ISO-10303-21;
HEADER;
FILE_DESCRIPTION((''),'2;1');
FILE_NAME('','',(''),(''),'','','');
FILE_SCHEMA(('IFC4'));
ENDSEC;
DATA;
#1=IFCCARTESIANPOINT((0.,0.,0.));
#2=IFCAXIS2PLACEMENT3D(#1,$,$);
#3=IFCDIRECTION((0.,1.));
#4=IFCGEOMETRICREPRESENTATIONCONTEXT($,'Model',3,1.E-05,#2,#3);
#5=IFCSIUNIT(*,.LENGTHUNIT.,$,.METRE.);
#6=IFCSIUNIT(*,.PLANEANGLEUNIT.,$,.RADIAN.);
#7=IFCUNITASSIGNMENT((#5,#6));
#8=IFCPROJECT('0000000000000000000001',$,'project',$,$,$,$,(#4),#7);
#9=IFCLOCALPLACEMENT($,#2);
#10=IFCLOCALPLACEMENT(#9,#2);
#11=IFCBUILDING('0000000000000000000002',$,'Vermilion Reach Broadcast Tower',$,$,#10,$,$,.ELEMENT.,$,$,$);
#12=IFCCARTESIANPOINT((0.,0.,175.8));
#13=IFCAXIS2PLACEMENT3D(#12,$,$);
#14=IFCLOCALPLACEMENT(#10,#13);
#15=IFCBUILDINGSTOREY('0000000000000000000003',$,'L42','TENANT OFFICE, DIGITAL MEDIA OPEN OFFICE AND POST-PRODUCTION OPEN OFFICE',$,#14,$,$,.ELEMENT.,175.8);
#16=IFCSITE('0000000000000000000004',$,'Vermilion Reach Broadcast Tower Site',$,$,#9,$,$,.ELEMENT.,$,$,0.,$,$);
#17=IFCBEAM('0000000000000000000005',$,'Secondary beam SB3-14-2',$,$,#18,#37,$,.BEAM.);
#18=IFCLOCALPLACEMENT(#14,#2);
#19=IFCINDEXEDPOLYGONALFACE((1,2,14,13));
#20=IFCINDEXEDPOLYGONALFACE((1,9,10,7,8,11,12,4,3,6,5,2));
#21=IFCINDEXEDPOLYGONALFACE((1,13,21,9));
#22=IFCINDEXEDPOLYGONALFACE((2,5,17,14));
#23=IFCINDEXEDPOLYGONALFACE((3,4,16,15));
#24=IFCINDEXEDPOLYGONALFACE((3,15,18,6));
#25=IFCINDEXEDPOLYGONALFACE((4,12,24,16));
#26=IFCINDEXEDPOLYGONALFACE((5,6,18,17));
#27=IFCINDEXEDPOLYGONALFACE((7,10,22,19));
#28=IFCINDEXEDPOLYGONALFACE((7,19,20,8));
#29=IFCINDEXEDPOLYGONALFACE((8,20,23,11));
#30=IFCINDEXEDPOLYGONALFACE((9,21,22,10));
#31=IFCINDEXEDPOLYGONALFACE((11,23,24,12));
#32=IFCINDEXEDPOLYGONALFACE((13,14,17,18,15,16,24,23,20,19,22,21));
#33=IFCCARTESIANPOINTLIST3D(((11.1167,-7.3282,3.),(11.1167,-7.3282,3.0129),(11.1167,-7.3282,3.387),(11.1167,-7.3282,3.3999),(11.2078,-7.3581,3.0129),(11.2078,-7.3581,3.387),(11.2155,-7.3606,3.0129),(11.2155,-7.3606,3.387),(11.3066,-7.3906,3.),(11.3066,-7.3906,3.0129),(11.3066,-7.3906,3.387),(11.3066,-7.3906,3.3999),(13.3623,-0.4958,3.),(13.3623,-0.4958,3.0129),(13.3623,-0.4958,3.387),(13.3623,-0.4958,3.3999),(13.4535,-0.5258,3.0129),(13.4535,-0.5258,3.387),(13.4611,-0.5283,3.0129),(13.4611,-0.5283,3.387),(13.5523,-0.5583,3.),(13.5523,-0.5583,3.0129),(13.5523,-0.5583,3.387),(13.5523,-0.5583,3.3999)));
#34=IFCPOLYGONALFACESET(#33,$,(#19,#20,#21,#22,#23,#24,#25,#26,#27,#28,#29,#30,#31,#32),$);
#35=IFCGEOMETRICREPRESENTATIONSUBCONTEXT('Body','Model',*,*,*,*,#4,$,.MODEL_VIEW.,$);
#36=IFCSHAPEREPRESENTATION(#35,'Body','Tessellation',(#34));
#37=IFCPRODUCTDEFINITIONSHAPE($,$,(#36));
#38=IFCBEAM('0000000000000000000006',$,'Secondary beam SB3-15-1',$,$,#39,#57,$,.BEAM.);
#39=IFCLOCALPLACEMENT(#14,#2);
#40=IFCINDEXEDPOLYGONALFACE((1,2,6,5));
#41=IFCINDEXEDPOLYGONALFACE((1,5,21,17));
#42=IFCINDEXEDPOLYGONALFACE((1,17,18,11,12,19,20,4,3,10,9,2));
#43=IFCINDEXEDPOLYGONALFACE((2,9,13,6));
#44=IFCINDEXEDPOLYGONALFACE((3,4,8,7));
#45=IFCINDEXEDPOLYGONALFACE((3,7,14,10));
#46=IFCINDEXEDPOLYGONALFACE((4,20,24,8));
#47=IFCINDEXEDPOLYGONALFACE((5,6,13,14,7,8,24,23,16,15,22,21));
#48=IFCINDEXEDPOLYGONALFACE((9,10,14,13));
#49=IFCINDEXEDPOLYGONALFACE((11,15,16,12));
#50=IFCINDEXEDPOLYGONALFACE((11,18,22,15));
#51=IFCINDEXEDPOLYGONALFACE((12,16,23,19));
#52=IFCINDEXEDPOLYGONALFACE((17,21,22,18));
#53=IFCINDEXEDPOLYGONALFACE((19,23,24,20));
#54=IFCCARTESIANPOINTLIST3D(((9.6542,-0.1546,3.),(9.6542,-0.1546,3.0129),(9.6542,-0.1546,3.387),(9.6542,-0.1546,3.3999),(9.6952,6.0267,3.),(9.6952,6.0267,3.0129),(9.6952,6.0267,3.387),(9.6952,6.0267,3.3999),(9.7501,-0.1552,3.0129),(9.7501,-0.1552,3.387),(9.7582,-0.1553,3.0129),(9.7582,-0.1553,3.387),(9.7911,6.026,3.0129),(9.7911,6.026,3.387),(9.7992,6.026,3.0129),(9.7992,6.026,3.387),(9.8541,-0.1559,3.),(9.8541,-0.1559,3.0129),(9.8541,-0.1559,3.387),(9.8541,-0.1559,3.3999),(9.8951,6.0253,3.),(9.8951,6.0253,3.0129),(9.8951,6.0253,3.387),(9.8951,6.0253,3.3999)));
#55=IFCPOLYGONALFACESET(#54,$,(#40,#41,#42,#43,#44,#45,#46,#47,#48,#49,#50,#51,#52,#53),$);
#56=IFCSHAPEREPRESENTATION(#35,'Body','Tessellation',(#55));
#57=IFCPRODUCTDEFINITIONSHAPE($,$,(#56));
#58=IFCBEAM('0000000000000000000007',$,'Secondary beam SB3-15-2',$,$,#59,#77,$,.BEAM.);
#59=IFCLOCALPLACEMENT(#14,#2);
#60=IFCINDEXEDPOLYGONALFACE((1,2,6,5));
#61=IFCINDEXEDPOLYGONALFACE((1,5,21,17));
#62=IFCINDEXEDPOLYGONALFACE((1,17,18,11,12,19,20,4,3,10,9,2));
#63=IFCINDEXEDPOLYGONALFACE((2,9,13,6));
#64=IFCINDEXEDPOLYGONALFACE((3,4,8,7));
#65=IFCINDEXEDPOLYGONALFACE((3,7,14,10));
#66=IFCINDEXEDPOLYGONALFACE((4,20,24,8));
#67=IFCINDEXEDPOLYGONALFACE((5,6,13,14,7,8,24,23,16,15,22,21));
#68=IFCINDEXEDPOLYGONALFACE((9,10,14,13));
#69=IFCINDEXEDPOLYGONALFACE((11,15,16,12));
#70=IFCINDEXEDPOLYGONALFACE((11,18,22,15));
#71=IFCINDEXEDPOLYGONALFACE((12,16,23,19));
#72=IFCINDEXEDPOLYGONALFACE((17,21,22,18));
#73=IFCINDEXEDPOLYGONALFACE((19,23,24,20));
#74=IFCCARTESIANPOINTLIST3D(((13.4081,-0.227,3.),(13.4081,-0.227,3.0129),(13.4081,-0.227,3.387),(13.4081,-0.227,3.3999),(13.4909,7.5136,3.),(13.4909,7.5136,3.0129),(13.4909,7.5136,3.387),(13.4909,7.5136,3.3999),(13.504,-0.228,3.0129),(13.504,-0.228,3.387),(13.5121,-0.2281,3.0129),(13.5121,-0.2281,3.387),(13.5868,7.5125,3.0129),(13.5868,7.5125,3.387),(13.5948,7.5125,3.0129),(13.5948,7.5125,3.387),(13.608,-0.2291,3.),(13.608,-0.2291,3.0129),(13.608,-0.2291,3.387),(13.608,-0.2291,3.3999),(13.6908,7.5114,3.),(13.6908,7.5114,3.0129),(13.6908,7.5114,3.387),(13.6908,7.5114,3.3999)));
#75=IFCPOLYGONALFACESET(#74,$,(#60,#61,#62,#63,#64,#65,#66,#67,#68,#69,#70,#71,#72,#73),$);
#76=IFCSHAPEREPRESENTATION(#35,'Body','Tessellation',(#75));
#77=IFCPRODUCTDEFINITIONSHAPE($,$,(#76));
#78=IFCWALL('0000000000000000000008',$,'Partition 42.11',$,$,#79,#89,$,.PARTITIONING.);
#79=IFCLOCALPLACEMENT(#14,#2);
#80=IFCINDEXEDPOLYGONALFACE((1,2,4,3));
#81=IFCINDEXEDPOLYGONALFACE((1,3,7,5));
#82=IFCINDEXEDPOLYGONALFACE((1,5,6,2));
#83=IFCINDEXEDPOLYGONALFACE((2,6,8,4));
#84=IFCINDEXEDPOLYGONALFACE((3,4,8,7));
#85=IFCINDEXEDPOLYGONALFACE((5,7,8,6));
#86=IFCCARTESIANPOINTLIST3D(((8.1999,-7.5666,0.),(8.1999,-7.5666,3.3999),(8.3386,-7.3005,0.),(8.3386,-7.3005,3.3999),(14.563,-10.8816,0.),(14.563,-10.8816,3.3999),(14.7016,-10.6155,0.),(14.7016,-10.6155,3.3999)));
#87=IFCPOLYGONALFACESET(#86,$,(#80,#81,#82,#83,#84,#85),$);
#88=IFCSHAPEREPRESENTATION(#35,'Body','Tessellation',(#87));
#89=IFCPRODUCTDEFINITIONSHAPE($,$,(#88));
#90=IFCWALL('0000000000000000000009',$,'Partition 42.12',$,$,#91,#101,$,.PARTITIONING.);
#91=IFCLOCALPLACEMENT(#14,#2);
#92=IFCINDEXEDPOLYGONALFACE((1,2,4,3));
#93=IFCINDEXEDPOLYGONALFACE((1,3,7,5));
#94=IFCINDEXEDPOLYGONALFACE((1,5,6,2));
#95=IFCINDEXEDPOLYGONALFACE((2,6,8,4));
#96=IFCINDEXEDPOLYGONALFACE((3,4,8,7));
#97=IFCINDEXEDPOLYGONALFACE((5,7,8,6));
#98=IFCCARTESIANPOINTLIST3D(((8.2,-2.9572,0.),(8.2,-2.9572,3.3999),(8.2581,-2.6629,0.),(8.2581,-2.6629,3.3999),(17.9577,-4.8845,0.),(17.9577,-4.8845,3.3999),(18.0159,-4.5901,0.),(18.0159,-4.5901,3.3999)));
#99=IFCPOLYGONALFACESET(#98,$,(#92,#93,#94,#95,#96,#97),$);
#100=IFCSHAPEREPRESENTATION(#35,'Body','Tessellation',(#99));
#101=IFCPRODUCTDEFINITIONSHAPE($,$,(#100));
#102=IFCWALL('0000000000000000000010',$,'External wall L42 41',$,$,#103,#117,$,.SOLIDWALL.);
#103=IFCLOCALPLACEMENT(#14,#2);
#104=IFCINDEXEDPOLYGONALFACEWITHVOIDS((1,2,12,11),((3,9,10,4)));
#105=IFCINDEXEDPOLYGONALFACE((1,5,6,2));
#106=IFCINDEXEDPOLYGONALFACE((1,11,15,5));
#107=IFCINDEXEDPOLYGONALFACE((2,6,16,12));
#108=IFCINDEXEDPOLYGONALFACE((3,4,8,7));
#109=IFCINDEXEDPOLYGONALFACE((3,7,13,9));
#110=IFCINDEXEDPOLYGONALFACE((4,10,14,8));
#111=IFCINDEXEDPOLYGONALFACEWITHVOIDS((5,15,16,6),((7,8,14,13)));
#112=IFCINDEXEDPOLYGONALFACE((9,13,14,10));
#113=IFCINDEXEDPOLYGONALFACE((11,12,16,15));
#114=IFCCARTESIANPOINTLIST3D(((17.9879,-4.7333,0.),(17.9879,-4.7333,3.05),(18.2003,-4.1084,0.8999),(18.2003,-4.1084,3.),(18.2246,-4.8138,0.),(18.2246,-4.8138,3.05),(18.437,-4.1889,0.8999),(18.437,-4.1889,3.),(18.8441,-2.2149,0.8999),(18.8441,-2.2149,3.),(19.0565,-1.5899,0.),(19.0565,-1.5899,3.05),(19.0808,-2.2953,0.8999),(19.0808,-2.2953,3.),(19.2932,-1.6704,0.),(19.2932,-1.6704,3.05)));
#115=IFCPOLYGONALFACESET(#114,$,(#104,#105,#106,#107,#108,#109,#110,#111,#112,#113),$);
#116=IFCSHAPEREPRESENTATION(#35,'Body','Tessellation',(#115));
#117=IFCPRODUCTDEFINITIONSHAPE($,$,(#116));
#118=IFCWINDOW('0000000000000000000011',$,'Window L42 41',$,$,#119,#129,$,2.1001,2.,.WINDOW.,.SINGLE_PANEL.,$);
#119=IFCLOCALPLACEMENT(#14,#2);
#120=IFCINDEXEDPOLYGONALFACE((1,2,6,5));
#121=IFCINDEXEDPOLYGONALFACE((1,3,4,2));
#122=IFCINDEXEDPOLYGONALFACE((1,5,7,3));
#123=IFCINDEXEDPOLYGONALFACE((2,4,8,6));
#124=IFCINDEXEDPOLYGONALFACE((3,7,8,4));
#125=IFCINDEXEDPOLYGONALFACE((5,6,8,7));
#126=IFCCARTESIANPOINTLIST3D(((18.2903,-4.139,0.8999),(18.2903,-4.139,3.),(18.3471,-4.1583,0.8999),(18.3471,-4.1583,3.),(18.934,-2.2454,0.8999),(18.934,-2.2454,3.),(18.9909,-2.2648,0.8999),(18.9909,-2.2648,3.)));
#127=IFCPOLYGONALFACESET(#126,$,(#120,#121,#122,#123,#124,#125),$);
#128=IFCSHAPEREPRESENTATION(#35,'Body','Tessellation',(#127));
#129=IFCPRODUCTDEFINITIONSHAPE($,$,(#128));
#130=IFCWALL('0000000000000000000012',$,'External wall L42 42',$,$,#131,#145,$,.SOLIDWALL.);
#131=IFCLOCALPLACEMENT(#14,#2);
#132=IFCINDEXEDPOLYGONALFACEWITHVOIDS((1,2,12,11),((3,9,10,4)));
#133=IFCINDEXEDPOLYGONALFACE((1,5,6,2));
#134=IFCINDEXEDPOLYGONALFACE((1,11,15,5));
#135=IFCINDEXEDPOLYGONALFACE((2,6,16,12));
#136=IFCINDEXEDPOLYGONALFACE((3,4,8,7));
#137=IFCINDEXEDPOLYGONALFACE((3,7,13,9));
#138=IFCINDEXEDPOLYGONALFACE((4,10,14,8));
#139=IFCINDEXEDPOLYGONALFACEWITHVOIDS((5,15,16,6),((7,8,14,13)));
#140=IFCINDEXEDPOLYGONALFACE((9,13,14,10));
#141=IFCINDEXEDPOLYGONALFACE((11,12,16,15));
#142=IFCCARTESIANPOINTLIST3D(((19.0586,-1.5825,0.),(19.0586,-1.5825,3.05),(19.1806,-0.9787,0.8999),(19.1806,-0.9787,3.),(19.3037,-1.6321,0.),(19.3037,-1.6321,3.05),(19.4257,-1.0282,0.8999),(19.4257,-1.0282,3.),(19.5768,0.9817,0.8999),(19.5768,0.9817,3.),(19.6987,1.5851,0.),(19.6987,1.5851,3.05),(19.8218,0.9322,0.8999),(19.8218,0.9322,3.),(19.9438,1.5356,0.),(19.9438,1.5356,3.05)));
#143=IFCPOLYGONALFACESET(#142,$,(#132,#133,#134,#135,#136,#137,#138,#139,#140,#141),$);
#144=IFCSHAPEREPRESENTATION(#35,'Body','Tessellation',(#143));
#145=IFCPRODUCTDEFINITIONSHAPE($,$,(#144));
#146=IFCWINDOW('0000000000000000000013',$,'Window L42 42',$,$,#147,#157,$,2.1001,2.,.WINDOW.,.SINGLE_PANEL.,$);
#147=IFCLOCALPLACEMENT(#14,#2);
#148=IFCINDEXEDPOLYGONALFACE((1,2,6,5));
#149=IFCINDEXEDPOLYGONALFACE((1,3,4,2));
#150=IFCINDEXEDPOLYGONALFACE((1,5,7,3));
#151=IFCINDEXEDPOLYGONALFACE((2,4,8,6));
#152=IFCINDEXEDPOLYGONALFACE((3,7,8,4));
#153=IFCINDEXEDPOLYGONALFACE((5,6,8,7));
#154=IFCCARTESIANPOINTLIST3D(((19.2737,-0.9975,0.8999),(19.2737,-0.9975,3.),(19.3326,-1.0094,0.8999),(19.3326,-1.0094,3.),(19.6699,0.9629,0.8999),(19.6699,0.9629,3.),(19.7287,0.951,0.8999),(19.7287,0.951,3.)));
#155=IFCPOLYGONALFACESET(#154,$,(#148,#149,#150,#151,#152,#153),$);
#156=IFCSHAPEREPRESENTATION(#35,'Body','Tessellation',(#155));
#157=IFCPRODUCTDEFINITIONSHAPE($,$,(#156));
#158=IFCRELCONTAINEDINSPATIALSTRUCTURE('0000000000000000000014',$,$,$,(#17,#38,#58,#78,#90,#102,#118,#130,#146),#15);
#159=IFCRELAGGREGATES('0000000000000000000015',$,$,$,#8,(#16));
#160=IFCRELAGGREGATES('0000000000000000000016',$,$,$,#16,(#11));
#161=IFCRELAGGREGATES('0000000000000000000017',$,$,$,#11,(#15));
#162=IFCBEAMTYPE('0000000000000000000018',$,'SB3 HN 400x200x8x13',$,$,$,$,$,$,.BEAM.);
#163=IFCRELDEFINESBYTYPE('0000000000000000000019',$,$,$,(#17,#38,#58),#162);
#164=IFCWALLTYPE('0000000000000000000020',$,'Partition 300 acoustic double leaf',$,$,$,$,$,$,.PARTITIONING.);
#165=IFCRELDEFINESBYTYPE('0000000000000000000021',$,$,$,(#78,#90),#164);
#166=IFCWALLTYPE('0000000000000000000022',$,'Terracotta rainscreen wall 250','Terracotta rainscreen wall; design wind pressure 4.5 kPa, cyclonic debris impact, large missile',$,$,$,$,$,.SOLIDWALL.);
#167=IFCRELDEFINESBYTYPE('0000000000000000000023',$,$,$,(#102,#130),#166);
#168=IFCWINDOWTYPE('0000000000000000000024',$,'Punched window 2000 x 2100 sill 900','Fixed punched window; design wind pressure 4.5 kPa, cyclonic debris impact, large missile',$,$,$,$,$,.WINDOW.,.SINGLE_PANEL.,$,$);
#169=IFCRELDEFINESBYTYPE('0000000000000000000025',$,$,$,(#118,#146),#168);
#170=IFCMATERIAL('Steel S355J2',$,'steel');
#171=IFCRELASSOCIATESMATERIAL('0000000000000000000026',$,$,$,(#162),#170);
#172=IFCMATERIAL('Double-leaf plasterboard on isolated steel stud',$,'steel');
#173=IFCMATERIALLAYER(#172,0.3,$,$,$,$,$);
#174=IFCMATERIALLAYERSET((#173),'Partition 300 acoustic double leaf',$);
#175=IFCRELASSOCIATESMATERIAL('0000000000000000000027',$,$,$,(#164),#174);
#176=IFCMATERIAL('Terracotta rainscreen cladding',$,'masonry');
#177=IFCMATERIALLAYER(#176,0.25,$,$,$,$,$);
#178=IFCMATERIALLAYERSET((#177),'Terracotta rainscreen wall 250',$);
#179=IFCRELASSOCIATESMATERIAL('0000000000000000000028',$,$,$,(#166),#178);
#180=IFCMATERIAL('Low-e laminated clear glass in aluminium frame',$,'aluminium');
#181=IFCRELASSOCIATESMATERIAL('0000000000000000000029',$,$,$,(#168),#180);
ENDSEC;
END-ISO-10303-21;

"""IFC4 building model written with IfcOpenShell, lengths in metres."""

from ifc_helpers import new_model, si_unit, direction, frame, frame_2d, origin, origin_2d, place, context, subcontext, project, spatial, rectangle, i_section, extrude, material, layer, layer_set, material_profile, profile_set, type_object, element, fill, save


model = new_model("IFC4")

# Units and contexts
model_context = context("Model", 3, precision=1e-05, world=origin(), true_north=direction((0.0, 1.0)))
body_context = subcontext(model_context, "Body", "Model", "MODEL_VIEW")
ifc_project = project(units=[si_unit("LENGTHUNIT", "METRE"), si_unit("PLANEANGLEUNIT", "RADIAN")], contexts=[model_context])

# Site, building, storey
site_placement = place(None, origin())
site = spatial("IfcSite", under=ifc_project, at=site_placement, Name="Vermilion Reach Broadcast Tower Site", CompositionType="ELEMENT", RefElevation=0.0)
building_placement = place(site_placement, origin())
building = spatial("IfcBuilding", under=site, at=building_placement, Name="Vermilion Reach Broadcast Tower", CompositionType="ELEMENT")
storey_placement = place(building_placement, frame((0.0, 0.0, 175.8)))
storey = spatial("IfcBuildingStorey", under=building, at=storey_placement, Name="L42", Description="TENANT OFFICE, DIGITAL MEDIA OPEN OFFICE AND POST-PRODUCTION OPEN OFFICE", CompositionType="ELEMENT", Elevation=175.8)

# Beams
ifc_material_1 = material(Name="Steel S355J2", Category="steel")
ifc_material_profile_1 = material_profile(ifc_material_1, i_section(OverallWidth=0.2, OverallDepth=0.3999, WebThickness=0.0081, FlangeThickness=0.0129, at=origin_2d()), Name="S355J2 HN 400x200x8x13")
ifc_profile_set_1 = profile_set([ifc_material_profile_1], Name="Steel S355J2")
beam_type_1 = type_object("IfcBeamType", Name="SB3 HN 400x200x8x13", PredefinedType="BEAM", material=ifc_profile_set_1)
beam_1_placement = place(storey_placement, frame((11.2117, -7.3594, 3.2), z_axis=(0.312243, 0.950002, 0.0), x_axis=(-0.950002, 0.312243, 0.0)))
element("IfcBeam", 1, at=beam_1_placement, inside=storey, type_object=beam_type_1, Name="Secondary beam SB3-14-2", PredefinedType="BEAM", context=body_context, shape_type="SweptSolid", body=[
    extrude(i_section(OverallWidth=0.2, OverallDepth=0.3999, WebThickness=0.0081, FlangeThickness=0.0129, at=origin_2d()), origin(), (0.0, 0.0, 1.0), 7.1919),
])
beam_2_placement = place(storey_placement, frame((9.7542, -0.1553, 3.2), z_axis=(0.006635, 0.999978, 0.0), x_axis=(-0.999978, 0.006635, 0.0)))
element("IfcBeam", 2, at=beam_2_placement, inside=storey, type_object=beam_type_1, Name="Secondary beam SB3-15-1", PredefinedType="BEAM", context=body_context, shape_type="SweptSolid", body=[
    extrude(i_section(OverallWidth=0.2, OverallDepth=0.3999, WebThickness=0.0081, FlangeThickness=0.0129, at=origin_2d()), origin(), (0.0, 0.0, 1.0), 6.1814),
])
beam_3_placement = place(storey_placement, frame((13.5081, -0.228, 3.2), z_axis=(0.010692, 0.999943, 0.0), x_axis=(-0.999943, 0.010692, 0.0)))
element("IfcBeam", 3, at=beam_3_placement, inside=storey, type_object=beam_type_1, Name="Secondary beam SB3-15-2", PredefinedType="BEAM", context=body_context, shape_type="SweptSolid", body=[
    extrude(i_section(OverallWidth=0.2, OverallDepth=0.3999, WebThickness=0.0081, FlangeThickness=0.0129, at=origin_2d()), origin(), (0.0, 0.0, 1.0), 7.741),
])

# Walls
ifc_material_2 = material(Name="Double-leaf plasterboard on isolated steel stud", Category="steel")
ifc_layer_1 = layer(ifc_material_2, 0.3)
ifc_layer_set_1 = layer_set([ifc_layer_1], Name="Partition 300 acoustic double leaf")
wall_type_1 = type_object("IfcWallType", Name="Partition 300 acoustic double leaf", PredefinedType="PARTITIONING", material=ifc_layer_set_1)
wall_1_placement = place(storey_placement, frame((14.6323, -10.7485, 0.0), z_axis=(0.0, 0.0, 1.0), x_axis=(-0.886865, 0.462029, 0.0)))
element("IfcWall", 4, at=wall_1_placement, inside=storey, type_object=wall_type_1, Name="Partition 42.11", PredefinedType="PARTITIONING", context=body_context, shape_type="SweptSolid", body=[
    extrude(rectangle(XDim=7.1748, YDim=0.3, at=frame_2d((3.5874, 0.0))), origin(), (0.0, 0.0, 1.0), 3.3999),
])
wall_2_placement = place(storey_placement, frame((17.9868, -4.7373, 0.0), z_axis=(0.0, 0.0, 1.0), x_axis=(-0.981048, 0.193765, 0.0)))
element("IfcWall", 5, at=wall_2_placement, inside=storey, type_object=wall_type_1, Name="Partition 42.12", PredefinedType="PARTITIONING", context=body_context, shape_type="SweptSolid", body=[
    extrude(rectangle(XDim=9.9463, YDim=0.3, at=frame_2d((4.9731, 0.0))), origin(), (0.0, 0.0, 1.0), 3.3999),
])

# Shared definitions
ifc_material_3 = material(Name="Terracotta rainscreen cladding", Category="masonry")
ifc_layer_2 = layer(ifc_material_3, 0.25)
ifc_layer_set_2 = layer_set([ifc_layer_2], Name="Terracotta rainscreen wall 250")
wall_type_2 = type_object("IfcWallType", Name="Terracotta rainscreen wall 250", Description="Terracotta rainscreen wall; design wind pressure 4.5 kPa, cyclonic debris impact, large missile", PredefinedType="SOLIDWALL", material=ifc_layer_set_2)

# Walls, openings, windows
wall_3_placement = place(storey_placement, frame((18.1062, -4.7737, 0.0), z_axis=(0.0, 0.0, 1.0), x_axis=(0.32187, 0.946784, 0.0)))
wall_3 = element("IfcWall", 6, at=wall_3_placement, inside=storey, type_object=wall_type_2, Name="External wall L42 41", PredefinedType="SOLIDWALL", context=body_context, shape_type="SweptSolid", body=[
    extrude(rectangle(XDim=3.3201, YDim=0.25, at=frame_2d((1.6602, 0.0))), origin(), (0.0, 0.0, 1.0), 3.05),
])
opening_1_placement = place(wall_3_placement, frame((0.6602, 0.0, 0.8999)))
opening_1 = element("IfcOpeningElement", 7, at=opening_1_placement, cuts=wall_3, PredefinedType="OPENING", context=body_context, shape_type="SweptSolid", body=[
    extrude(rectangle(XDim=2.0, YDim=2.1001, at=frame_2d((1.0, 1.05))), frame((0.0, 0.135, 0.0), z_axis=(0.0, -1.0, 0.0), x_axis=(1.0, 0.0, 0.0)), (0.0, 0.0, 1.0), 0.27),
])
ifc_material_4 = material(Name="Low-e laminated clear glass in aluminium frame", Category="aluminium")
window_type = type_object("IfcWindowType", Name="Punched window 2000 x 2100 sill 900", Description="Fixed punched window; design wind pressure 4.5 kPa, cyclonic debris impact, large missile", PartitioningType="SINGLE_PANEL", PredefinedType="WINDOW", material=ifc_material_4)
window_1_placement = place(opening_1_placement, origin())
window_1 = element("IfcWindow", 8, at=window_1_placement, inside=storey, type_object=window_type, Name="Window L42 41", OverallHeight=2.1001, OverallWidth=2.0, PartitioningType="SINGLE_PANEL", PredefinedType="WINDOW", context=body_context, shape_type="SweptSolid", body=[
    extrude(rectangle(XDim=2.0, YDim=2.1001, at=frame_2d((1.0, 1.05))), frame((0.0, 0.03, 0.0), z_axis=(0.0, -1.0, 0.0), x_axis=(1.0, 0.0, 0.0)), (0.0, 0.0, 1.0), 0.0601),
])
fill(opening_1, window_1)
wall_4_placement = place(storey_placement, frame((19.1812, -1.6072, 0.0), z_axis=(0.0, 0.0, 1.0), x_axis=(0.198077, 0.980186, 0.0)))
wall_4 = element("IfcWall", 9, at=wall_4_placement, inside=storey, type_object=wall_type_2, Name="External wall L42 42", PredefinedType="SOLIDWALL", context=body_context, shape_type="SweptSolid", body=[
    extrude(rectangle(XDim=3.2317, YDim=0.25, at=frame_2d((1.6157, 0.0))), origin(), (0.0, 0.0, 1.0), 3.05),
])
opening_2_placement = place(wall_4_placement, frame((0.616, 0.0, 0.8999)))
opening_2 = element("IfcOpeningElement", 10, at=opening_2_placement, cuts=wall_4, PredefinedType="OPENING", context=body_context, shape_type="SweptSolid", body=[
    extrude(rectangle(XDim=2.0, YDim=2.1001, at=frame_2d((1.0, 1.05))), frame((0.0, 0.135, 0.0), z_axis=(0.0, -1.0, 0.0), x_axis=(1.0, 0.0, 0.0)), (0.0, 0.0, 1.0), 0.27),
])
window_2_placement = place(opening_2_placement, origin())
window_2 = element("IfcWindow", 11, at=window_2_placement, inside=storey, type_object=window_type, Name="Window L42 42", OverallHeight=2.1001, OverallWidth=2.0, PartitioningType="SINGLE_PANEL", PredefinedType="WINDOW", context=body_context, shape_type="SweptSolid", body=[
    extrude(rectangle(XDim=2.0, YDim=2.1001, at=frame_2d((1.0, 1.05))), frame((0.0, 0.03, 0.0), z_axis=(0.0, -1.0, 0.0), x_axis=(1.0, 0.0, 0.0)), (0.0, 0.0, 1.0), 0.0601),
])
fill(opening_2, window_2)

save(model, "model.ifc")
